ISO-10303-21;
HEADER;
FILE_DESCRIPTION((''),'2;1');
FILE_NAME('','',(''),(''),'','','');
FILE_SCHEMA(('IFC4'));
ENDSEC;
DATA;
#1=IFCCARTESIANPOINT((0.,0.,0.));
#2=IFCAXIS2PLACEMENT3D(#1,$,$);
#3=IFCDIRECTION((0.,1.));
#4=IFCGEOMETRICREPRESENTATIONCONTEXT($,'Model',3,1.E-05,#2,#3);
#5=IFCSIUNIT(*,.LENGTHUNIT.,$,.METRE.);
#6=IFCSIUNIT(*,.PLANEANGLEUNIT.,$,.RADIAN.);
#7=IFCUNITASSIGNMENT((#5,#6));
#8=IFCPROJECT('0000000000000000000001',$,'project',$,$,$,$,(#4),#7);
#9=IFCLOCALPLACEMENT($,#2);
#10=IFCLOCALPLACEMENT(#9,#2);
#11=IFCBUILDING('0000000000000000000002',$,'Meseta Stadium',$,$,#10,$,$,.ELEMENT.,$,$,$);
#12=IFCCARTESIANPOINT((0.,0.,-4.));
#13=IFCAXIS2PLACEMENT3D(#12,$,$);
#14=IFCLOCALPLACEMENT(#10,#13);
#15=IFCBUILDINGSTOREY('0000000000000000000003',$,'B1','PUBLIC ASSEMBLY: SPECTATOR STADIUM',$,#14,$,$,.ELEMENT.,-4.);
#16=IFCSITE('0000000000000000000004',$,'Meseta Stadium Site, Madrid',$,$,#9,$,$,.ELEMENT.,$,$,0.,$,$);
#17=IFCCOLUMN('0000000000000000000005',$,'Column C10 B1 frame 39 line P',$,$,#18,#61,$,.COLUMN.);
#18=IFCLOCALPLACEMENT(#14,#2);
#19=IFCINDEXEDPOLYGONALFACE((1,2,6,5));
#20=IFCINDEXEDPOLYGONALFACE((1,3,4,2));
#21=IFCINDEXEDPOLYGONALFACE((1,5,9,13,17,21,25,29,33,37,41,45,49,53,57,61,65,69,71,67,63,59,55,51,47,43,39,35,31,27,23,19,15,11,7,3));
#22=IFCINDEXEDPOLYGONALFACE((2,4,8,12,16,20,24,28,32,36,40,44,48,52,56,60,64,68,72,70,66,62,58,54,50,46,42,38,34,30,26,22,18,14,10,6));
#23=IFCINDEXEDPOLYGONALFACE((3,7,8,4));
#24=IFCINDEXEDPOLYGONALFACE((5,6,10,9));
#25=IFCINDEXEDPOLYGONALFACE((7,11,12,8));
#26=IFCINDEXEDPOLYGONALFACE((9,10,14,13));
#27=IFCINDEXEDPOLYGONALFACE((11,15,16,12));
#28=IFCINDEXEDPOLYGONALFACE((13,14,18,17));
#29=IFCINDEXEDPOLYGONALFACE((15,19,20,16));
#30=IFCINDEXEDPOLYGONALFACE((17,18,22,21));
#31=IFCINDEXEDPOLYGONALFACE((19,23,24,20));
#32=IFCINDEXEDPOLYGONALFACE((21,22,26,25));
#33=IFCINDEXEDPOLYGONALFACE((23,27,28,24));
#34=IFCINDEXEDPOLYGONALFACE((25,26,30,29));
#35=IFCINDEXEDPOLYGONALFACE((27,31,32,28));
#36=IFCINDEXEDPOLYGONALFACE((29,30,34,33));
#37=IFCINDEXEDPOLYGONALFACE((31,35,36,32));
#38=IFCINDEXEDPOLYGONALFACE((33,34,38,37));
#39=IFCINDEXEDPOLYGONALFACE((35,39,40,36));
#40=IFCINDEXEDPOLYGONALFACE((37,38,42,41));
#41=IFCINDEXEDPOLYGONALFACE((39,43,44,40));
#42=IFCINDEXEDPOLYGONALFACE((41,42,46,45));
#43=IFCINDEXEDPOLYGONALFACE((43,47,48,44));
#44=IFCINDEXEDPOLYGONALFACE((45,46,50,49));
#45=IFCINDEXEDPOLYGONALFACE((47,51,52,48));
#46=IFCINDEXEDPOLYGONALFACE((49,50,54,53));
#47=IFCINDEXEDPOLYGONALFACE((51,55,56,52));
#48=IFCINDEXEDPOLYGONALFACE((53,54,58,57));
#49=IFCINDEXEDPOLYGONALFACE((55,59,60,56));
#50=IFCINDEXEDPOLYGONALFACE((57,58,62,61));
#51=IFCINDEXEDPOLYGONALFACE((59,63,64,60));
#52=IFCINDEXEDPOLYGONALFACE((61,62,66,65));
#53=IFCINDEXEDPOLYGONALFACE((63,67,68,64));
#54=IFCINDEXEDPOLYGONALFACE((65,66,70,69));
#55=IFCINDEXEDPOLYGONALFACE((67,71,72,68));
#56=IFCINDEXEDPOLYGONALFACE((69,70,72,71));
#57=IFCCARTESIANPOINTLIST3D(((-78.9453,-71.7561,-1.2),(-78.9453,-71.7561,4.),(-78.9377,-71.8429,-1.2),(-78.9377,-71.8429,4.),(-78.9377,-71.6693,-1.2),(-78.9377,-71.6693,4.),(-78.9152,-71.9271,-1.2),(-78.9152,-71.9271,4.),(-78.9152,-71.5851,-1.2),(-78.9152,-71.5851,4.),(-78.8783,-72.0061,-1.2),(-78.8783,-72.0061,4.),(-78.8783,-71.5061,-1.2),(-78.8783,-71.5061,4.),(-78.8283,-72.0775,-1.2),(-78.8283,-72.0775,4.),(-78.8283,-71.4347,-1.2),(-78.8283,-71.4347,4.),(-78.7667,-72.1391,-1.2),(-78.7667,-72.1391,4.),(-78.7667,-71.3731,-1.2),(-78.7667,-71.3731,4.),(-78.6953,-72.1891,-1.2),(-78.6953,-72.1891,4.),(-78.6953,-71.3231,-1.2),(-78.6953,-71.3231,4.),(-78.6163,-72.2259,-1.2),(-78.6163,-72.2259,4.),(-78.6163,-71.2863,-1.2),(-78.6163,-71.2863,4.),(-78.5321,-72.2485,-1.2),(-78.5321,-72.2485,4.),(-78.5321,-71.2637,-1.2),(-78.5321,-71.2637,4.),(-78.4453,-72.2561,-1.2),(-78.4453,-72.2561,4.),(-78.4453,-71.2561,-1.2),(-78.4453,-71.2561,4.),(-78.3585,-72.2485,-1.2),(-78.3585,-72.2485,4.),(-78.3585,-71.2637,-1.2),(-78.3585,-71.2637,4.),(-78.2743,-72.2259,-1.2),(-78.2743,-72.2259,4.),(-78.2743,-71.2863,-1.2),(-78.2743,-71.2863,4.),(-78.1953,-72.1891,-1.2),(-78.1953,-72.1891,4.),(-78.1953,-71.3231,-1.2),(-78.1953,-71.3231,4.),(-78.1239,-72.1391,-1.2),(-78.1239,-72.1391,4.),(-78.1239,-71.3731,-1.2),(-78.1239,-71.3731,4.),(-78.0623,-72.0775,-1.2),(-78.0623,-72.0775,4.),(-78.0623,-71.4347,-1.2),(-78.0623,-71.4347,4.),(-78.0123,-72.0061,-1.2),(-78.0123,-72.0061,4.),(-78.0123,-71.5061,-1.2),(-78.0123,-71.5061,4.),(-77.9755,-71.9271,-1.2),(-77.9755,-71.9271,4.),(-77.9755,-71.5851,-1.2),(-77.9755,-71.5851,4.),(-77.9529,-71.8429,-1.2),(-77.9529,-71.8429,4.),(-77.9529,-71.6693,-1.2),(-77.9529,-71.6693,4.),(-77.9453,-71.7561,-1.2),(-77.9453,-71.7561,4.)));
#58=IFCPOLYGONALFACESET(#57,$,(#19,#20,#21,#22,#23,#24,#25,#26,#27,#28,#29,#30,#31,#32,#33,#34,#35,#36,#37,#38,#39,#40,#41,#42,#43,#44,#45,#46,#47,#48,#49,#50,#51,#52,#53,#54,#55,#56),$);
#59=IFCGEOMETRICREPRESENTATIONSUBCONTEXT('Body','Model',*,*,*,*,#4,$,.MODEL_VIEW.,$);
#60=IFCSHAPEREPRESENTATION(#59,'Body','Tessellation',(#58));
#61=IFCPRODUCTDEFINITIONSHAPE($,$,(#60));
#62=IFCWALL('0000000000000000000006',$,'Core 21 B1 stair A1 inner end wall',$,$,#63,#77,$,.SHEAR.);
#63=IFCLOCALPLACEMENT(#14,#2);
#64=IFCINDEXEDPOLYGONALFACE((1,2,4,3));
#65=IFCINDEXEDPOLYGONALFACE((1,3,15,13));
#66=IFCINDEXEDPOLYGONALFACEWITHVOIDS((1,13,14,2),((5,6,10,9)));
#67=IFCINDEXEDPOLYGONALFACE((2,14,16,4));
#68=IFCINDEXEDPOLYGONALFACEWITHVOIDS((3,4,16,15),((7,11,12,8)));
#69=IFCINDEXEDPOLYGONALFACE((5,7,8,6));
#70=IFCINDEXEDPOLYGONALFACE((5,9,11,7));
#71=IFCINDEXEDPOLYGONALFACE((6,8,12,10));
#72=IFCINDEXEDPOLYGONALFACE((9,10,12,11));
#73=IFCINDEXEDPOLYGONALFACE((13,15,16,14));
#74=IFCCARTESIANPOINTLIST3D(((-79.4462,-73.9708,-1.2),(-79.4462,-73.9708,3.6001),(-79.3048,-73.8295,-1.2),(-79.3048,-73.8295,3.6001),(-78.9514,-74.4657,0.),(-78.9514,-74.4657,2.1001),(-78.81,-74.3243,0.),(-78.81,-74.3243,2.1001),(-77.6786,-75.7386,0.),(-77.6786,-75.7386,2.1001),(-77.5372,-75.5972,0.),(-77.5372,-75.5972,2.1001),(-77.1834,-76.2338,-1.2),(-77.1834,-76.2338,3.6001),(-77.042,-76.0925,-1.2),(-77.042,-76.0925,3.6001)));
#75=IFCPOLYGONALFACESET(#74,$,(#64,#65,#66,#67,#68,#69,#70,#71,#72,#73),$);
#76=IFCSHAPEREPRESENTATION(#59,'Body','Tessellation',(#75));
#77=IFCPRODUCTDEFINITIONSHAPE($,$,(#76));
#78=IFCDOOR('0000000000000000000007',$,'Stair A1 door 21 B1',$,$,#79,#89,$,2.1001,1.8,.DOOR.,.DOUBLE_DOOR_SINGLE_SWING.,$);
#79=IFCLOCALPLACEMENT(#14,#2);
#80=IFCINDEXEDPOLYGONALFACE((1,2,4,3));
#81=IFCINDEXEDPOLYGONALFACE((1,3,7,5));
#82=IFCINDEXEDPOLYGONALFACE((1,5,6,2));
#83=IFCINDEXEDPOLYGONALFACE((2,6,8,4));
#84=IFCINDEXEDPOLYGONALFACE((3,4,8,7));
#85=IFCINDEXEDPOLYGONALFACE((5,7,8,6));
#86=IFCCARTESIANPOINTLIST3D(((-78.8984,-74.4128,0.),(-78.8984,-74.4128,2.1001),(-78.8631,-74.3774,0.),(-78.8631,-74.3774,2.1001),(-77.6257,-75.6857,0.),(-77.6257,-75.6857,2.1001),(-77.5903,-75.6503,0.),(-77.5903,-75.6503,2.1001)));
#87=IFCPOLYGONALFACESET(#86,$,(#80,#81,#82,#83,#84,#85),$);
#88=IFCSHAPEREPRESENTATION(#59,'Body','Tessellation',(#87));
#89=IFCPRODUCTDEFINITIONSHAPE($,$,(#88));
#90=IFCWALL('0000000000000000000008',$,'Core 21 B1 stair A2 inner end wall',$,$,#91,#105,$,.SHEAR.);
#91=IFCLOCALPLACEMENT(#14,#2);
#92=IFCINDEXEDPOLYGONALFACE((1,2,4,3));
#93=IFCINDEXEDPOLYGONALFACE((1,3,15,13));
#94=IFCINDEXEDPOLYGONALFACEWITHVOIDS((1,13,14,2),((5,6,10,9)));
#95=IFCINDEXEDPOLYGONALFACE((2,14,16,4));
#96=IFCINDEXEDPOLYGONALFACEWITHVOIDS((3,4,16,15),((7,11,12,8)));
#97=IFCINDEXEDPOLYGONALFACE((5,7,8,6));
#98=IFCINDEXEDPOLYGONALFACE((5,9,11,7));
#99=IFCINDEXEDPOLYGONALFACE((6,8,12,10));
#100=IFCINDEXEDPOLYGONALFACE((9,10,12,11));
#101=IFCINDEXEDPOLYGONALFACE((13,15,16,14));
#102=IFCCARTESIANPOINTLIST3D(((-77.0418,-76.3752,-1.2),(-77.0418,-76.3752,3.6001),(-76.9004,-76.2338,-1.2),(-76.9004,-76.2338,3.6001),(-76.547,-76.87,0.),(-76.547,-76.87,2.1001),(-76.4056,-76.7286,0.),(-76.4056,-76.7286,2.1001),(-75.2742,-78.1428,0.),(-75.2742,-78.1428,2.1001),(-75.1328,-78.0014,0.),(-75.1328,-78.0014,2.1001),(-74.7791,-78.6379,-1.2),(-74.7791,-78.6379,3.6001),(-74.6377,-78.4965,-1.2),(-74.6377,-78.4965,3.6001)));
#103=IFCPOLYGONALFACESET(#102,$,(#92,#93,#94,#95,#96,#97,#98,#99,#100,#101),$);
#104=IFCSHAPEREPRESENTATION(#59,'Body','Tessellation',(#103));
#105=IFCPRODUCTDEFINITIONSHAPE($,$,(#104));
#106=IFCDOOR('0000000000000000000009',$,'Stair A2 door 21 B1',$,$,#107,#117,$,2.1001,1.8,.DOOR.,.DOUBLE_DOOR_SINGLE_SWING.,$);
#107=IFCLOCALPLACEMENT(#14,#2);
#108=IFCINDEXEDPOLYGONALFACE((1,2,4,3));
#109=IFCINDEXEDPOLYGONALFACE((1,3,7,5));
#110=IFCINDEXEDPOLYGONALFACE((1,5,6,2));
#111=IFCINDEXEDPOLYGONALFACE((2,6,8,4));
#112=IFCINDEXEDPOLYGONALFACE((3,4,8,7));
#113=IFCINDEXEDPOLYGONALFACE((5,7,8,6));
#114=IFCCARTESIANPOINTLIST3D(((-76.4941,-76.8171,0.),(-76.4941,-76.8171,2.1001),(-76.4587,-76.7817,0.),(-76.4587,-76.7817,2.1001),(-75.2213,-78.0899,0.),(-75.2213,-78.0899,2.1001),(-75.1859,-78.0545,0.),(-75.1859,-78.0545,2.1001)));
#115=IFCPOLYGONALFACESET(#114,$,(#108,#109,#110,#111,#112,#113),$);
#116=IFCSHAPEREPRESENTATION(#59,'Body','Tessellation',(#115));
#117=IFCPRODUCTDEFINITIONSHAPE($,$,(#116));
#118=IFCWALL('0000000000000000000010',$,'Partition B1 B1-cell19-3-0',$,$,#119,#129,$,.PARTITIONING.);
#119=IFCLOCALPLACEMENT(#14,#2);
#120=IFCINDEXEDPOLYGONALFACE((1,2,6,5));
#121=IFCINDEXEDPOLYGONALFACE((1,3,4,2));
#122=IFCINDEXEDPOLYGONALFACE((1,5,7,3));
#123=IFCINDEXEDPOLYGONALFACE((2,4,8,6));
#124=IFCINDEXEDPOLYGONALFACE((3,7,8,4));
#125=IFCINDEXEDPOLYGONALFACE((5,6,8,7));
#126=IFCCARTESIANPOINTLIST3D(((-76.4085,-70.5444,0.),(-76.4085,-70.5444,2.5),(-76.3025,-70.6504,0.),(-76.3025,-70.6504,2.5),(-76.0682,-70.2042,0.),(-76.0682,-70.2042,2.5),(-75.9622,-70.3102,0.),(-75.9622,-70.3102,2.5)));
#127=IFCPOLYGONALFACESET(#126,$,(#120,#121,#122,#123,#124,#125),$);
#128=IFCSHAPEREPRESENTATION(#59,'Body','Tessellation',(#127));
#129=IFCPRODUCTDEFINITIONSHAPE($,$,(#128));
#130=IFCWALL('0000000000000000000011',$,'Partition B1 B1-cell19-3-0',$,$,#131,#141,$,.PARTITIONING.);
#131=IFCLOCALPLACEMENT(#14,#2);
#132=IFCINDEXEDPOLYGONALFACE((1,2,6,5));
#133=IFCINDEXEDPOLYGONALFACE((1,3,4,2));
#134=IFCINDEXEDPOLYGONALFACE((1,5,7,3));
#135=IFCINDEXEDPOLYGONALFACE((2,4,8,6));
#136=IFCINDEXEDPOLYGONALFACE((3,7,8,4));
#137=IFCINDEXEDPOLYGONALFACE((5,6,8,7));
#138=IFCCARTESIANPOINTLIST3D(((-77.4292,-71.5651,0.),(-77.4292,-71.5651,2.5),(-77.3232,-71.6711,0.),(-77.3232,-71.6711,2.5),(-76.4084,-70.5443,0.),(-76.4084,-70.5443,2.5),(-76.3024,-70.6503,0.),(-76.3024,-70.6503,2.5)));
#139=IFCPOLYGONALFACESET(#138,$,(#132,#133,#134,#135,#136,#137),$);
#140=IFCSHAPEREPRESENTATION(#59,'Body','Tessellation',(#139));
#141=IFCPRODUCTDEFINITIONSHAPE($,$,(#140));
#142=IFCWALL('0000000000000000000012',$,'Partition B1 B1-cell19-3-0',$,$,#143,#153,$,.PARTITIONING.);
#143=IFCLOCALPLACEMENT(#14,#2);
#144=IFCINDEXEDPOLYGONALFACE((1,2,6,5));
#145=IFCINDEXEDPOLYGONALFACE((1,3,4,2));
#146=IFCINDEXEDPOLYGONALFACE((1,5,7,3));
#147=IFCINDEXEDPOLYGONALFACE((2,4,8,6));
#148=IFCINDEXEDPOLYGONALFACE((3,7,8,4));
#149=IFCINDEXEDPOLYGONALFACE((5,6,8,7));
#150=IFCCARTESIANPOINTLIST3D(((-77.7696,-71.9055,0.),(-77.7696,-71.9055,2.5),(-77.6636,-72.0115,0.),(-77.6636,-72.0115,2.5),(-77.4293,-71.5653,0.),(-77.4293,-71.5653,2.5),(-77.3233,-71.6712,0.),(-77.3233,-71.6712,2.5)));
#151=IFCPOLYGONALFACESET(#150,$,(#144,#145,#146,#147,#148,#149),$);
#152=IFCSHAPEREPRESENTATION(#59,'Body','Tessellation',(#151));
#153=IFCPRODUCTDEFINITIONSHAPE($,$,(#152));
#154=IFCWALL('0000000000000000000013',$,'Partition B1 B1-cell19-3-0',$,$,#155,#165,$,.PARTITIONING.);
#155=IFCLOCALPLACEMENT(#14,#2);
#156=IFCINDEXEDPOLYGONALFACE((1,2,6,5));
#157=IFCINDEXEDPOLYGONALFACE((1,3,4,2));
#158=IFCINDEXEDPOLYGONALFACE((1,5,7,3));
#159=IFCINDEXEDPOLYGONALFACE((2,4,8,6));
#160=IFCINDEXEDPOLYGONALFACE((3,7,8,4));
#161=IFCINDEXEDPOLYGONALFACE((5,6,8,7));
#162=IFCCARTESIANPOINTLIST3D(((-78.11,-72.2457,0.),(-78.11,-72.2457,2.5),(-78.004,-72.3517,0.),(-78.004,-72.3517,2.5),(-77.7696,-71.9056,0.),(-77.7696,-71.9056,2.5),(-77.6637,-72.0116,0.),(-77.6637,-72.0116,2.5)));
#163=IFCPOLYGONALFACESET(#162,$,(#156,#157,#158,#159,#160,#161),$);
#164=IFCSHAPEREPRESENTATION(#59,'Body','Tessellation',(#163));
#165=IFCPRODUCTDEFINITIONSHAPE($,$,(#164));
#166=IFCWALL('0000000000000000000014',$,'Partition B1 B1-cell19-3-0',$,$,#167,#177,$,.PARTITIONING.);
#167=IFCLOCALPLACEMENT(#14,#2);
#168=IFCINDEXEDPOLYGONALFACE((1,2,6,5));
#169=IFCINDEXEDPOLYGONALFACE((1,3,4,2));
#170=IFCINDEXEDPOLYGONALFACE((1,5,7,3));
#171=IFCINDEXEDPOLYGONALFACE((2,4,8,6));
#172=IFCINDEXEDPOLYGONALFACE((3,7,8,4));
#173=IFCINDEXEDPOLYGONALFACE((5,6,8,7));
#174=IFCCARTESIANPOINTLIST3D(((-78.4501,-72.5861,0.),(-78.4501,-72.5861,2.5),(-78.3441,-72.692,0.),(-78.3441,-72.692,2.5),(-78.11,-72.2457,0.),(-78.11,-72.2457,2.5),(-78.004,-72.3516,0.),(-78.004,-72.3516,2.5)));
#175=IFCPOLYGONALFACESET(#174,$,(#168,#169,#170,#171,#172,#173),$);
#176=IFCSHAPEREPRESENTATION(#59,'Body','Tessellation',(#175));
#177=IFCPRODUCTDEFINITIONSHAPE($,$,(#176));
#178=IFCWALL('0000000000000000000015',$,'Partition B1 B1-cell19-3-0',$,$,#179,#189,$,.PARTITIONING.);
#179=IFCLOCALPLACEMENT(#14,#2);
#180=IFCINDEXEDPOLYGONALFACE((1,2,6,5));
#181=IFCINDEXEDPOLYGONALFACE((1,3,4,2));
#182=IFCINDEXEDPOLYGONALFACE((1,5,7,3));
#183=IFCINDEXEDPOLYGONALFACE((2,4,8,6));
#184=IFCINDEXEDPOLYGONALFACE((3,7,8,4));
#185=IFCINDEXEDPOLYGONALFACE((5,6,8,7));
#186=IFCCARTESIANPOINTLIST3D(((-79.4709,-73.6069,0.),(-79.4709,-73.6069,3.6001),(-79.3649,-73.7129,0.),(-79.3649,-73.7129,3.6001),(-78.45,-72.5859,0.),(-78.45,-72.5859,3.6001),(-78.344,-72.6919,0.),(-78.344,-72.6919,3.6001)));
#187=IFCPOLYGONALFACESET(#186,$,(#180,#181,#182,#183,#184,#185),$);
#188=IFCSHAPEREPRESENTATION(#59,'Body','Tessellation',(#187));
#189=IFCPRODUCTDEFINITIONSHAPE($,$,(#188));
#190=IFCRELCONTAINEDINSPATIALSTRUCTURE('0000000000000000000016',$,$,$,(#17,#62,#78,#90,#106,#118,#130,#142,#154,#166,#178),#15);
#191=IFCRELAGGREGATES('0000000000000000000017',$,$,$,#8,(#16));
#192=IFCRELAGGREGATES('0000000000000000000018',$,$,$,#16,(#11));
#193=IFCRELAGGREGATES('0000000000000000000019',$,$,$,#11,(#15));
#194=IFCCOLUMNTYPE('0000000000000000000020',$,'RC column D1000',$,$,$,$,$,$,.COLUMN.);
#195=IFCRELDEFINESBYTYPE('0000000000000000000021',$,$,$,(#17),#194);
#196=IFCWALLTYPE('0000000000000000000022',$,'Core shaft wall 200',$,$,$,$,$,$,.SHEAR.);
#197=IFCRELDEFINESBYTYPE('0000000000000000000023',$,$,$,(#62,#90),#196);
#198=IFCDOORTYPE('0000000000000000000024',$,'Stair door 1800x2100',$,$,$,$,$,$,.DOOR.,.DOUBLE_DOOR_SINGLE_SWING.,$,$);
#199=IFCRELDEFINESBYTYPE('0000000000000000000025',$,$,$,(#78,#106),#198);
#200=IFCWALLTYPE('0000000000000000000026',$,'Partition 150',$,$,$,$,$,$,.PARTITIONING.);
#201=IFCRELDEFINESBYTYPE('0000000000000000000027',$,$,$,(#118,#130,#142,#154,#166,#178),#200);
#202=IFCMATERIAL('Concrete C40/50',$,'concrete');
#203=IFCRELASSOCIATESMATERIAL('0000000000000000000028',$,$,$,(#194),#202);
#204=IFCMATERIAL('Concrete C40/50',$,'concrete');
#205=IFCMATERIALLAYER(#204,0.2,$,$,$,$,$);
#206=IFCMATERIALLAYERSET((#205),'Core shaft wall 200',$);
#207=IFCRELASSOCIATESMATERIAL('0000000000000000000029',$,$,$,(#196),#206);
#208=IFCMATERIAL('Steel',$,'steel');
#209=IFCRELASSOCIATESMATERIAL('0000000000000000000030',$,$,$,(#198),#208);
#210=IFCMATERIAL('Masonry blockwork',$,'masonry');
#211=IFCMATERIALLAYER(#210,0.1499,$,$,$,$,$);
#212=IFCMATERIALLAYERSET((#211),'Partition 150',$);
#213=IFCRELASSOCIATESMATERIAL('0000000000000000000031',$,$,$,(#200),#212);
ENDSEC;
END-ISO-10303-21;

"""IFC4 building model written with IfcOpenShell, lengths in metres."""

from ifc_helpers import new_model, si_unit, direction, frame, frame_2d, origin, origin_2d, place, context, subcontext, project, spatial, rectangle, circle, extrude, material, layer, layer_set, material_profile, profile_set, type_object, element, fill, save


model = new_model("IFC4")

# Units and contexts
model_context = context("Model", 3, precision=1e-05, world=origin(), true_north=direction((0.0, 1.0)))
body_context = subcontext(model_context, "Body", "Model", "MODEL_VIEW")
ifc_project = project(units=[si_unit("LENGTHUNIT", "METRE"), si_unit("PLANEANGLEUNIT", "RADIAN")], contexts=[model_context])

# Site, building, storey
site_placement = place(None, origin())
site = spatial("IfcSite", under=ifc_project, at=site_placement, Name="Meseta Stadium Site, Madrid", CompositionType="ELEMENT", RefElevation=0.0)
building_placement = place(site_placement, origin())
building = spatial("IfcBuilding", under=site, at=building_placement, Name="Meseta Stadium", CompositionType="ELEMENT")
storey_placement = place(building_placement, frame((0.0, 0.0, -4.0)))
storey = spatial("IfcBuildingStorey", under=building, at=storey_placement, Name="B1", Description="PUBLIC ASSEMBLY: SPECTATOR STADIUM", CompositionType="ELEMENT", Elevation=-4.0)

# Column
ifc_material_1 = material(Name="Concrete C40/50", Category="concrete")
ifc_material_profile = material_profile(ifc_material_1, circle(Radius=0.5, at=origin_2d()), Name="RC D1000")
ifc_profile_set = profile_set([ifc_material_profile], Name="Concrete C40/50")
column_type = type_object("IfcColumnType", Name="RC column D1000", PredefinedType="COLUMN", material=ifc_profile_set)
column_placement = place(storey_placement, frame((-78.4453, -71.7561, -1.2), z_axis=(0.0, 0.0, 1.0), x_axis=(1.0, 0.0, 0.0)))
element("IfcColumn", 1, at=column_placement, inside=storey, type_object=column_type, Name="Column C10 B1 frame 39 line P", PredefinedType="COLUMN", context=body_context, shape_type="SweptSolid", body=[
    extrude(circle(Radius=0.5, at=origin_2d()), origin(), (0.0, 0.0, 1.0), 5.2),
])

# Walls, openings, doors
ifc_material_2 = material(Name="Concrete C40/50", Category="concrete")
ifc_layer_1 = layer(ifc_material_2, 0.2)
ifc_layer_set_1 = layer_set([ifc_layer_1], Name="Core shaft wall 200")
wall_type_1 = type_object("IfcWallType", Name="Core shaft wall 200", PredefinedType="SHEAR", material=ifc_layer_set_1)
wall_1_placement = place(storey_placement, frame((-79.3755, -73.9001, -1.2), z_axis=(0.0, 0.0, 1.0), x_axis=(0.707069, -0.707145, 0.0)))
wall_1 = element("IfcWall", 2, at=wall_1_placement, inside=storey, type_object=wall_type_1, Name="Core 21 B1 stair A1 inner end wall", PredefinedType="SHEAR", context=body_context, shape_type="SweptSolid", body=[
    extrude(rectangle(XDim=3.2002, YDim=0.2, at=frame_2d((1.6001, 0.0))), origin(), (0.0, 0.0, 1.0), 4.8),
])
opening_1_placement = place(wall_1_placement, frame((0.7, 0.0, 1.2)))
opening_1 = element("IfcOpeningElement", 3, at=opening_1_placement, cuts=wall_1, PredefinedType="OPENING", context=body_context, shape_type="SweptSolid", body=[
    extrude(rectangle(XDim=1.8, YDim=2.1001, at=frame_2d((0.8999, 1.05))), frame((0.0, 0.1099, 0.0), z_axis=(0.0, -1.0, 0.0), x_axis=(1.0, 0.0, 0.0)), (0.0, 0.0, 1.0), 0.22),
])
ifc_material_3 = material(Name="Steel", Category="steel")
door_type = type_object("IfcDoorType", Name="Stair door 1800x2100", OperationType="DOUBLE_DOOR_SINGLE_SWING", PredefinedType="DOOR", material=ifc_material_3)
door_1_placement = place(opening_1_placement, origin())
door_1 = element("IfcDoor", 4, at=door_1_placement, inside=storey, type_object=door_type, Name="Stair A1 door 21 B1", OperationType="DOUBLE_DOOR_SINGLE_SWING", OverallHeight=2.1001, OverallWidth=1.8, PredefinedType="DOOR", context=body_context, shape_type="SweptSolid", body=[
    extrude(rectangle(XDim=1.8, YDim=2.1001, at=frame_2d((0.8999, 1.05))), frame((0.0, 0.0249, 0.0), z_axis=(0.0, -1.0, 0.0), x_axis=(1.0, 0.0, 0.0)), (0.0, 0.0, 1.0), 0.05),
])
fill(opening_1, door_1)
wall_2_placement = place(storey_placement, frame((-76.9712, -76.3044, -1.2), z_axis=(0.0, 0.0, 1.0), x_axis=(0.707107, -0.707107, 0.0)))
wall_2 = element("IfcWall", 5, at=wall_2_placement, inside=storey, type_object=wall_type_1, Name="Core 21 B1 stair A2 inner end wall", PredefinedType="SHEAR", context=body_context, shape_type="SweptSolid", body=[
    extrude(rectangle(XDim=3.2, YDim=0.2, at=frame_2d((1.6001, 0.0))), origin(), (0.0, 0.0, 1.0), 4.8),
])
opening_2_placement = place(wall_2_placement, frame((0.7, 0.0, 1.2)))
opening_2 = element("IfcOpeningElement", 6, at=opening_2_placement, cuts=wall_2, PredefinedType="OPENING", context=body_context, shape_type="SweptSolid", body=[
    extrude(rectangle(XDim=1.8, YDim=2.1001, at=frame_2d((0.8999, 1.05))), frame((0.0, 0.1099, 0.0), z_axis=(0.0, -1.0, 0.0), x_axis=(1.0, 0.0, 0.0)), (0.0, 0.0, 1.0), 0.22),
])
door_2_placement = place(opening_2_placement, origin())
door_2 = element("IfcDoor", 7, at=door_2_placement, inside=storey, type_object=door_type, Name="Stair A2 door 21 B1", OperationType="DOUBLE_DOOR_SINGLE_SWING", OverallHeight=2.1001, OverallWidth=1.8, PredefinedType="DOOR", context=body_context, shape_type="SweptSolid", body=[
    extrude(rectangle(XDim=1.8, YDim=2.1001, at=frame_2d((0.8999, 1.05))), frame((0.0, 0.0249, 0.0), z_axis=(0.0, -1.0, 0.0), x_axis=(1.0, 0.0, 0.0)), (0.0, 0.0, 1.0), 0.05),
])
fill(opening_2, door_2)

# Walls
ifc_material_4 = material(Name="Masonry blockwork", Category="masonry")
ifc_layer_2 = layer(ifc_material_4, 0.1499)
ifc_layer_set_2 = layer_set([ifc_layer_2], Name="Partition 150")
wall_type_2 = type_object("IfcWallType", Name="Partition 150", PredefinedType="PARTITIONING", material=ifc_layer_set_2)
wall_3_placement = place(storey_placement, frame((-76.0151, -70.2571, 0.0), z_axis=(0.0, 0.0, 1.0), x_axis=(-0.707107, -0.707107, 0.0)))
element("IfcWall", 8, at=wall_3_placement, inside=storey, type_object=wall_type_2, Name="Partition B1 B1-cell19-3-0", PredefinedType="PARTITIONING", context=body_context, shape_type="SweptSolid", body=[
    extrude(rectangle(XDim=0.4812, YDim=0.1499, at=frame_2d((0.2407, 0.0))), origin(), (0.0, 0.0, 1.0), 2.5),
])
wall_4_placement = place(storey_placement, frame((-76.3555, -70.5974, 0.0), z_axis=(0.0, 0.0, 1.0), x_axis=(-0.707107, -0.707107, 0.0)))
element("IfcWall", 9, at=wall_4_placement, inside=storey, type_object=wall_type_2, Name="Partition B1 B1-cell19-3-0", PredefinedType="PARTITIONING", context=body_context, shape_type="SweptSolid", body=[
    extrude(rectangle(XDim=1.4436, YDim=0.1499, at=frame_2d((0.7217, 0.0))), origin(), (0.0, 0.0, 1.0), 2.5),
])
for number, where, z_axis, x_axis, name in (
    (10, (-77.3762, -71.6182, 0.0), (0.0, 0.0, 1.0), (-0.707107, -0.707107, 0.0), "Partition B1 B1-cell19-3-0"),
    (11, (-77.7166, -71.9585, 0.0), (0.0, 0.0, 1.0), (-0.70736, -0.706853, 0.0), "Partition B1 B1-cell19-3-0"),
    (12, (-78.0569, -72.2986, 0.0), (0.0, 0.0, 1.0), (-0.706853, -0.70736, 0.0), "Partition B1 B1-cell19-3-0"),
):
    element("IfcWall", number, at=place(storey_placement, frame(where, z_axis=z_axis, x_axis=x_axis)), inside=storey, type_object=wall_type_2, Name=name, PredefinedType="PARTITIONING", context=body_context, shape_type="SweptSolid", body=[
        extrude(rectangle(XDim=0.4812, YDim=0.1499, at=frame_2d((0.2407, 0.0))), origin(), (0.0, 0.0, 1.0), 2.5),
    ])
wall_5_placement = place(storey_placement, frame((-78.397, -72.6389, 0.0), z_axis=(0.0, 0.0, 1.0), x_axis=(-0.707107, -0.707107, 0.0)))
element("IfcWall", 13, at=wall_5_placement, inside=storey, type_object=wall_type_2, Name="Partition B1 B1-cell19-3-0", PredefinedType="PARTITIONING", context=body_context, shape_type="SweptSolid", body=[
    extrude(rectangle(XDim=1.4438, YDim=0.1499, at=frame_2d((0.7219, 0.0))), origin(), (0.0, 0.0, 1.0), 3.6001),
])

save(model, "model.ifc")
